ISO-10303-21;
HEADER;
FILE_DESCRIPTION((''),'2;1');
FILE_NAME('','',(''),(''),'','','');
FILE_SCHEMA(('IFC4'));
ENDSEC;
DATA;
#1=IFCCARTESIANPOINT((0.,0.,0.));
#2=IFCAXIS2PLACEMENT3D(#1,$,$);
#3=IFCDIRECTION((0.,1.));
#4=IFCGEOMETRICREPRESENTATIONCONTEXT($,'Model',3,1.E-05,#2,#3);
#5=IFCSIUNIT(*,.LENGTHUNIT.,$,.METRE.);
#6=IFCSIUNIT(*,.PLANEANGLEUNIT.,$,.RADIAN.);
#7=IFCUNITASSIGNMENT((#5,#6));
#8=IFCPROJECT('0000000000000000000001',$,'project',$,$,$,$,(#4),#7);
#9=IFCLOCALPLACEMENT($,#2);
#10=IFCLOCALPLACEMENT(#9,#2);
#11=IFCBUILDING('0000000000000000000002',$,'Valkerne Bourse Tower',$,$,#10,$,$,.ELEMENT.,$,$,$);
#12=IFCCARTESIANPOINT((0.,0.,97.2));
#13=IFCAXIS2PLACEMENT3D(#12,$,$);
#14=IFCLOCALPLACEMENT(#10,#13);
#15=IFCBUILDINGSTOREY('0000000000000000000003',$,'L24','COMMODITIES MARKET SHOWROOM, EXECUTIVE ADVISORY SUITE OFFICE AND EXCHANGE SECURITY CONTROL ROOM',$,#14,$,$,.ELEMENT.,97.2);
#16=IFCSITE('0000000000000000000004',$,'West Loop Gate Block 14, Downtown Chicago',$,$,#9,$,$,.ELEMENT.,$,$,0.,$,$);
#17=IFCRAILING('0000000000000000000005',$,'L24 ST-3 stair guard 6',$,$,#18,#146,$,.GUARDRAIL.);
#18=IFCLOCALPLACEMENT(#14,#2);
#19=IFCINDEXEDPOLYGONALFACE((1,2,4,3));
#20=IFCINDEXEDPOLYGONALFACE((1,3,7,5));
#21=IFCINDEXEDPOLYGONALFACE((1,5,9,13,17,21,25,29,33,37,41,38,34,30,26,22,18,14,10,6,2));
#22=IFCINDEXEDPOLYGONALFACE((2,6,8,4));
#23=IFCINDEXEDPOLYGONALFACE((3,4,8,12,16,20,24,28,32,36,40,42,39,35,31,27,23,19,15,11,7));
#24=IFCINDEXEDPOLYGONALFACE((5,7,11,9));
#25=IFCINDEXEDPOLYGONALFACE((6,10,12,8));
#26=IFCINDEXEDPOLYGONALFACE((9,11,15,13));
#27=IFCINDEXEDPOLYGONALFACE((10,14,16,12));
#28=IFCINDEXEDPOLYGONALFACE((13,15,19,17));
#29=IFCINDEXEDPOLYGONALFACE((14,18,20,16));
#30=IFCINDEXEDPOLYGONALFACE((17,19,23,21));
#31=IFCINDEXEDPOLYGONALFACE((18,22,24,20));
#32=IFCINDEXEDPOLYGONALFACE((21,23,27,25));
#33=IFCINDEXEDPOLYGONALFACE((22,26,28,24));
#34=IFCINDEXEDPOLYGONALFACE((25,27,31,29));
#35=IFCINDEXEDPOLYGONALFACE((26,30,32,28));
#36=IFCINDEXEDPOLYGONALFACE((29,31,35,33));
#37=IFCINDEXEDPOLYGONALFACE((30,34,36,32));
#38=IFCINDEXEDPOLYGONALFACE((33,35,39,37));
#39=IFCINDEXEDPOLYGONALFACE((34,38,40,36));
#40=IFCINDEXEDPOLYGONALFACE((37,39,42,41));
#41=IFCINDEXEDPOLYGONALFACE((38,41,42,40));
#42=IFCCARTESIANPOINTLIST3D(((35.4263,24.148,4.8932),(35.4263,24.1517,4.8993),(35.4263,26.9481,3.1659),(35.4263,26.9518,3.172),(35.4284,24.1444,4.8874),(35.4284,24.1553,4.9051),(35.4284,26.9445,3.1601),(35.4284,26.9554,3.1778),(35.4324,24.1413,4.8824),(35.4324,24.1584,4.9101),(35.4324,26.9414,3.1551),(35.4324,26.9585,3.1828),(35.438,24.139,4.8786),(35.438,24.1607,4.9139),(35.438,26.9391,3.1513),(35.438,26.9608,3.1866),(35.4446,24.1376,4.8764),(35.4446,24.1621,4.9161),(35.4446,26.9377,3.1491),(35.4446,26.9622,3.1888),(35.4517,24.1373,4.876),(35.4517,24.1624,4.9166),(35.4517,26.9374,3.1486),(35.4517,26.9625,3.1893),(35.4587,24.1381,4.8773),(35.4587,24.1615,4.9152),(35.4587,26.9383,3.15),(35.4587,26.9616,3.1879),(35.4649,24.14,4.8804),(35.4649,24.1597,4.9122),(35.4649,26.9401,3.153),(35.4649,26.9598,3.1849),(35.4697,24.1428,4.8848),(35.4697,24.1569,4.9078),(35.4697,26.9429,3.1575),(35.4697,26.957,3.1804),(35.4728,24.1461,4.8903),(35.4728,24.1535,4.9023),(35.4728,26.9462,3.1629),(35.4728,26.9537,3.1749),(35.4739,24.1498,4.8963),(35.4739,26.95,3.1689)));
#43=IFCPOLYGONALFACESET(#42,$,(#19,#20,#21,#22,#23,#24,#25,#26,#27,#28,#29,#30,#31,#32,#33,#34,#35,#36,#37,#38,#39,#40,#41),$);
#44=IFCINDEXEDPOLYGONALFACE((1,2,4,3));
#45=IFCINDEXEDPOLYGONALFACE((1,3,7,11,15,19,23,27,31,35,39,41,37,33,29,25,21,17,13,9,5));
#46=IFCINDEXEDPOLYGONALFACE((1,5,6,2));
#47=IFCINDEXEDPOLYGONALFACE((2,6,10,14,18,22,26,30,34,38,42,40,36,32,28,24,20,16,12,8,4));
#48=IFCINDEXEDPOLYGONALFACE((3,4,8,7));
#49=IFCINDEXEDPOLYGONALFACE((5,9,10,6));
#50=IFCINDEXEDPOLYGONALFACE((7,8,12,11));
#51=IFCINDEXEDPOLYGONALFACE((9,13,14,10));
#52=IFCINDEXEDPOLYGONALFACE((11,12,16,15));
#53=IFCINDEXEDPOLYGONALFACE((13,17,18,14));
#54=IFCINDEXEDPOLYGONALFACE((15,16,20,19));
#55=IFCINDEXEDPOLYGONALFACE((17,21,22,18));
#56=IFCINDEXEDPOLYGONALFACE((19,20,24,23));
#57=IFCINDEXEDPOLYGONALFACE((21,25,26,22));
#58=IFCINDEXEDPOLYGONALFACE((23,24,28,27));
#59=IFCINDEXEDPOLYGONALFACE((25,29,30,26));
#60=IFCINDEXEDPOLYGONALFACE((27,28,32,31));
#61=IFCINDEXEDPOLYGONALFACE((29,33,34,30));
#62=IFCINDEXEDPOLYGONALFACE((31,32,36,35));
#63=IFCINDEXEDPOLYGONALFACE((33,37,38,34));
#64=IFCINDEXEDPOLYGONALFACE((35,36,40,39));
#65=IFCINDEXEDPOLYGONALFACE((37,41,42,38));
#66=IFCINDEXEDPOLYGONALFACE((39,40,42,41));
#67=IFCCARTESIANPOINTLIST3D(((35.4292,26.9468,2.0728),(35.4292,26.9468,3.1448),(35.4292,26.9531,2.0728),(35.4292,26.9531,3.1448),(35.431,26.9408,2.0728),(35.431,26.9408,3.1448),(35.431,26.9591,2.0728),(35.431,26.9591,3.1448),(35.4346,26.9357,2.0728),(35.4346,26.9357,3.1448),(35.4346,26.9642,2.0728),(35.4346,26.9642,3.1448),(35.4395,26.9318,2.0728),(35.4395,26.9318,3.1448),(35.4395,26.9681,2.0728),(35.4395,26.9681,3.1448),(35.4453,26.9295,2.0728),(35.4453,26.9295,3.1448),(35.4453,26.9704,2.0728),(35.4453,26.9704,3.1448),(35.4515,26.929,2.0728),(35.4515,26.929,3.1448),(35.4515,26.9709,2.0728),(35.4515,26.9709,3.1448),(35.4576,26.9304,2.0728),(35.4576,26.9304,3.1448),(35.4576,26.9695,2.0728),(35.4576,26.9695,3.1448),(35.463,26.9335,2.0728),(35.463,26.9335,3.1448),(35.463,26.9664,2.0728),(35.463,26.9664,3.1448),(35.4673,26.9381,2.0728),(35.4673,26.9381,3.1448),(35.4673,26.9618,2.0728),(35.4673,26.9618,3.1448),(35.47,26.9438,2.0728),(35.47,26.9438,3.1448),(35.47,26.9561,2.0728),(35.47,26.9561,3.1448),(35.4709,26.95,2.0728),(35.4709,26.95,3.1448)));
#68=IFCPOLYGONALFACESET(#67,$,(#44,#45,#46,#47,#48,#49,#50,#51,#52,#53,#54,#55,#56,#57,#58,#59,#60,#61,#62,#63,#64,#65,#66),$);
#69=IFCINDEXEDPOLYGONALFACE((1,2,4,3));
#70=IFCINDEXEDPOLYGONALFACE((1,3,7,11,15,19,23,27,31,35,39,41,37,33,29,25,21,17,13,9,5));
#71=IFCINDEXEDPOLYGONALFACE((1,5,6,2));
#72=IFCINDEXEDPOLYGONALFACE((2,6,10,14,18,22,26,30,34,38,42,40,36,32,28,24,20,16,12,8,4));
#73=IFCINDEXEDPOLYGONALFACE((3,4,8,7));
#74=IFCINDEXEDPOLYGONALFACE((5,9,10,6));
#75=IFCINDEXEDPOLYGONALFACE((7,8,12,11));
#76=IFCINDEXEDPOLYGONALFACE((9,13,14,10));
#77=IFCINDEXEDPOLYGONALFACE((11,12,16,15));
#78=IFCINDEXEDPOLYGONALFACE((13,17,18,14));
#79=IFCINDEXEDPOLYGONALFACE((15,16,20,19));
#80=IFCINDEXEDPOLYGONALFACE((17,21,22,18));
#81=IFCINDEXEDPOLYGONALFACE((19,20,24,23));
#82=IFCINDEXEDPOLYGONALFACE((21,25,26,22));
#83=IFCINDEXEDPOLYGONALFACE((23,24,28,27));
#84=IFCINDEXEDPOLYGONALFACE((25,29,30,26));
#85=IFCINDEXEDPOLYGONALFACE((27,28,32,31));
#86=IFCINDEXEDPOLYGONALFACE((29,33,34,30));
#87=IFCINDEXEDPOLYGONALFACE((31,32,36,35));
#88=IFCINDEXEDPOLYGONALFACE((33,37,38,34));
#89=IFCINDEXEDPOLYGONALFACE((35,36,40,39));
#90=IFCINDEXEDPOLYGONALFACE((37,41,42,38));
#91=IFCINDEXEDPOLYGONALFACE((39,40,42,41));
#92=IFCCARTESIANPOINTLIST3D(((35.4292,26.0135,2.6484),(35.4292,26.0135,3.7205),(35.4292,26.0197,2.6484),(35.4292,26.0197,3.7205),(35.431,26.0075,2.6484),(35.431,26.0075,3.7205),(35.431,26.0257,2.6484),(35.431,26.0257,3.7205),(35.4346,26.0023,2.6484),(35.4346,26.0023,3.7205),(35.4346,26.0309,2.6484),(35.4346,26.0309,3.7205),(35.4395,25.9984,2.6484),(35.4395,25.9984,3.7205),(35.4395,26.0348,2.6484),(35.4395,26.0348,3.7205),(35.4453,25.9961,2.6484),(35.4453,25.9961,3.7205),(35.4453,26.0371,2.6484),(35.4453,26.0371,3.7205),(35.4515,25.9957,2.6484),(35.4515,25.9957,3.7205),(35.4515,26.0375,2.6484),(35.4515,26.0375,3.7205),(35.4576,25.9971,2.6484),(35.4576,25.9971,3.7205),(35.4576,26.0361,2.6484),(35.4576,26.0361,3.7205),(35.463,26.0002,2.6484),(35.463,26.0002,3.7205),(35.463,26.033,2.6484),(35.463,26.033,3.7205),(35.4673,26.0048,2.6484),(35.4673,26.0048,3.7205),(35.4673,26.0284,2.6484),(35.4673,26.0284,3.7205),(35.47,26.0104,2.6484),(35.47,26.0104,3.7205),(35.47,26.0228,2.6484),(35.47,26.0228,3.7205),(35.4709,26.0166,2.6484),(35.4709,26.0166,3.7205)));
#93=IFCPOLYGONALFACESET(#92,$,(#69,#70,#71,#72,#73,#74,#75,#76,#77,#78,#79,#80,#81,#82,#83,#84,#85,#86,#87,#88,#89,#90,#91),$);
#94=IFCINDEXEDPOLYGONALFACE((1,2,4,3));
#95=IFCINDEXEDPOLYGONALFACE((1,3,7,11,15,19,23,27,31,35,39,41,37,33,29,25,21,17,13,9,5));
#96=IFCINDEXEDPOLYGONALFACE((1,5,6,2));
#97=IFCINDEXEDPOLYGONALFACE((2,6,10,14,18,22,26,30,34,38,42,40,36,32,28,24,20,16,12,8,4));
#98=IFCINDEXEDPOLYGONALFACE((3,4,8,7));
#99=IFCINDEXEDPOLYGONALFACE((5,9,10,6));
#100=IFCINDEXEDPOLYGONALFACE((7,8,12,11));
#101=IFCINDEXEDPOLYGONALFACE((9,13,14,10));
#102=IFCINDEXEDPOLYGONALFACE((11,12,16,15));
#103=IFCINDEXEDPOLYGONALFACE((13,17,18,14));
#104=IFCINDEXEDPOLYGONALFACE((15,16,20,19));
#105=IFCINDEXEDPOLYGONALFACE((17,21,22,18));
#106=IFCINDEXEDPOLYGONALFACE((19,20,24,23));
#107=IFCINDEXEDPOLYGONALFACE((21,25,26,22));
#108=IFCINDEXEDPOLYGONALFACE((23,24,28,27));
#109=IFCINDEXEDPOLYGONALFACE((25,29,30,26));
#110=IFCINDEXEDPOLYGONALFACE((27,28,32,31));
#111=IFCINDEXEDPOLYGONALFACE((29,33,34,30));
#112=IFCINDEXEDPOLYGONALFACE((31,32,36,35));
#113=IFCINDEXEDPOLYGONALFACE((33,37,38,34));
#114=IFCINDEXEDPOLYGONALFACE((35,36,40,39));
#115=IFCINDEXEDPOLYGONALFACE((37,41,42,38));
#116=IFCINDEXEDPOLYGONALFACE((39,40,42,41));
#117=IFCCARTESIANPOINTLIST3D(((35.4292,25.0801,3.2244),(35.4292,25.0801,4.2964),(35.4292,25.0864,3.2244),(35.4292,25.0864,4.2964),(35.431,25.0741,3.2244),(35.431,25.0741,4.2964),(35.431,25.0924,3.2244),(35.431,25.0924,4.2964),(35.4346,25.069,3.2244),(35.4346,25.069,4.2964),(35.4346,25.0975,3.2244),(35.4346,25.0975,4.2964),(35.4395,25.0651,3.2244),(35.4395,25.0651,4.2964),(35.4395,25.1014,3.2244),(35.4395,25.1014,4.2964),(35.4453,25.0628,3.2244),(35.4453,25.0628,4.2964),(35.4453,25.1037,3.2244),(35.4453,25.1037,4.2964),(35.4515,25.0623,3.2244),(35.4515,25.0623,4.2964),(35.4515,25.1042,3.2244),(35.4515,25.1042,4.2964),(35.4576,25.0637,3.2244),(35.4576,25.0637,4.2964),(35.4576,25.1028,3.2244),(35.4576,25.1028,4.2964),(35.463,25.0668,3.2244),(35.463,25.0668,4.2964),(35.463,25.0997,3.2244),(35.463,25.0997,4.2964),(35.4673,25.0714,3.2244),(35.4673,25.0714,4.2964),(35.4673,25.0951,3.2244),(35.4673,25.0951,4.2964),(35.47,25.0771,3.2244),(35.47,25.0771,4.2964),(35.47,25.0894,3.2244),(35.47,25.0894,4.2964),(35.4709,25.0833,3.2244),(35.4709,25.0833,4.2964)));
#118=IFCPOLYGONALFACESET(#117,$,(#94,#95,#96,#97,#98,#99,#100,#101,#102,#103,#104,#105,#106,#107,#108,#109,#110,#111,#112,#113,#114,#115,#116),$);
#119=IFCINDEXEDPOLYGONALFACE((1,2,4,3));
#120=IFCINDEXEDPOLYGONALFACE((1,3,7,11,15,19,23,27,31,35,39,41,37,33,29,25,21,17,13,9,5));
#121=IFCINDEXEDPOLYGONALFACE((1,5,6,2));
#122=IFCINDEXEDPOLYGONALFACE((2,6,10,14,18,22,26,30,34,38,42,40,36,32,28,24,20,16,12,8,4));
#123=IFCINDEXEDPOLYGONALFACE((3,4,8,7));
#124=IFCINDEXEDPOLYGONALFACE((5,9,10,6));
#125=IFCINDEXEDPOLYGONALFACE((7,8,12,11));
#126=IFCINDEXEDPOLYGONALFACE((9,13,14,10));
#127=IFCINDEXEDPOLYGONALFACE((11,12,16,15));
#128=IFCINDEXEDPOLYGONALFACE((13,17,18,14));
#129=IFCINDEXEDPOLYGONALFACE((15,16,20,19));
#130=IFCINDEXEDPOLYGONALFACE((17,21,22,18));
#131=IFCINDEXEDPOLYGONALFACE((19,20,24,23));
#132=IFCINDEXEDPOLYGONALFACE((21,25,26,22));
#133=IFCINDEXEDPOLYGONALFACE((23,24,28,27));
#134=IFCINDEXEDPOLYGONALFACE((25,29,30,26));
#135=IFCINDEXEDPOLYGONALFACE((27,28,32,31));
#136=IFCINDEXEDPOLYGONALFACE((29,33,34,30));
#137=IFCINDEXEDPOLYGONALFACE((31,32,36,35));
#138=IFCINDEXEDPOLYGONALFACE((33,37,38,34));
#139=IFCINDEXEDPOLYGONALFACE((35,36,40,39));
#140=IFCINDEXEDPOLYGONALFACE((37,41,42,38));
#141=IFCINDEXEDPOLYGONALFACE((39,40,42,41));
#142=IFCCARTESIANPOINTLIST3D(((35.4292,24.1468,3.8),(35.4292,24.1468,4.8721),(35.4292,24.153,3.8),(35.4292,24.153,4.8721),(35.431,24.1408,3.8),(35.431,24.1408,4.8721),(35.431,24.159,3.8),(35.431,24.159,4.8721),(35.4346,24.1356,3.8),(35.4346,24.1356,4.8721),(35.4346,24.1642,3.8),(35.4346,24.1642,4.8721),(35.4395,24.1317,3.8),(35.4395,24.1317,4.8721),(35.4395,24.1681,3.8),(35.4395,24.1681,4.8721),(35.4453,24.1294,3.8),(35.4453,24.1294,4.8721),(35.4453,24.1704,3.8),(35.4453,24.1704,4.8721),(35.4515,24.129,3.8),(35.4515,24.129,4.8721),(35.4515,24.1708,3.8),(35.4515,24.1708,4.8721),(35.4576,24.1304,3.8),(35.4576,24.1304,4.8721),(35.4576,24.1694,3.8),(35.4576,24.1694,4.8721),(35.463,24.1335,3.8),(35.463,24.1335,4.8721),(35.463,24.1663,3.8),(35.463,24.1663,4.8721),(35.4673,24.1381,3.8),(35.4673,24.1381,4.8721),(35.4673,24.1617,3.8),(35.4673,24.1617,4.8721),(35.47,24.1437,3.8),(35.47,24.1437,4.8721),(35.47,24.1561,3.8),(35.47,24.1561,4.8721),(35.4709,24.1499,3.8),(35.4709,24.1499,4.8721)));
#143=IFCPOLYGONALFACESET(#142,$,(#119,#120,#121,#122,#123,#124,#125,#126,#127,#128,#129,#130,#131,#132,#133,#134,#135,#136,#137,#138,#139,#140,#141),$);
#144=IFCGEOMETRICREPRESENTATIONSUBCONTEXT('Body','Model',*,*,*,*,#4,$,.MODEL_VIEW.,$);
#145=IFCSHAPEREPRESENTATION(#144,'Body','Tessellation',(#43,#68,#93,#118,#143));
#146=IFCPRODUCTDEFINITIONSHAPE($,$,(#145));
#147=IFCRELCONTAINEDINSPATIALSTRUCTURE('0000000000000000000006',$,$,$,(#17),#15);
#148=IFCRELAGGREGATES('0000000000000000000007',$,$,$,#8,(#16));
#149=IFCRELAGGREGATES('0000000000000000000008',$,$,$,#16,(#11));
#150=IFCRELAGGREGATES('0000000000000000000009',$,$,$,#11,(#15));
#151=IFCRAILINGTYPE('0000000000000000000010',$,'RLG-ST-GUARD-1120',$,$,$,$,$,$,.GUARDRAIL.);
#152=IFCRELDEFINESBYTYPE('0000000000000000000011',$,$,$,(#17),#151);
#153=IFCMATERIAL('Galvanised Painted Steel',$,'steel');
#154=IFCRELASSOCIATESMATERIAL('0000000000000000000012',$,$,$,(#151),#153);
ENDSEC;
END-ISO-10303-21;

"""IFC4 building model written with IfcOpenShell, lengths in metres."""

from ifc_helpers import new_model, si_unit, direction, frame, origin, origin_2d, place, context, subcontext, project, spatial, circle, extrude, material, type_object, element, save


model = new_model("IFC4")

# Units and contexts
model_context = context("Model", 3, precision=1e-05, world=origin(), true_north=direction((0.0, 1.0)))
body_context = subcontext(model_context, "Body", "Model", "MODEL_VIEW")
ifc_project = project(units=[si_unit("LENGTHUNIT", "METRE"), si_unit("PLANEANGLEUNIT", "RADIAN")], contexts=[model_context])

# Site, building, storey
site_placement = place(None, origin())
site = spatial("IfcSite", under=ifc_project, at=site_placement, Name="West Loop Gate Block 14, Downtown Chicago", CompositionType="ELEMENT", RefElevation=0.0)
building_placement = place(site_placement, origin())
building = spatial("IfcBuilding", under=site, at=building_placement, Name="Valkerne Bourse Tower", CompositionType="ELEMENT")
storey_placement = place(building_placement, frame((0.0, 0.0, 97.2)))
storey = spatial("IfcBuildingStorey", under=building, at=storey_placement, Name="L24", Description="COMMODITIES MARKET SHOWROOM, EXECUTIVE ADVISORY SUITE OFFICE AND EXCHANGE SECURITY CONTROL ROOM", CompositionType="ELEMENT", Elevation=97.2)

# Shared definitions
ifc_material_1 = material(Name="Galvanised Painted Steel", Category="steel")

# Railing
railing_type_1 = type_object("IfcRailingType", Name="RLG-ST-GUARD-1120", PredefinedType="GUARDRAIL", material=ifc_material_1)
railing_1_placement = place(storey_placement, frame((35.45, 26.95, 2.0728)))
element("IfcRailing", 1, at=railing_1_placement, inside=storey, type_object=railing_type_1, Name="L24 ST-3 stair guard 6", PredefinedType="GUARDRAIL", context=body_context, shape_type="SweptSolid", body=[
    extrude(circle(Radius=0.0239, at=origin_2d()), frame((0.0, 0.0, 1.0962), z_axis=(0.0, -0.85109, 0.52502), x_axis=(1.0, 0.0, 0.0)), (0.0, 0.0, 1.0), 3.29),
    extrude(circle(Radius=0.021, at=origin_2d()), origin(), (0.0, 0.0, 1.0), 1.072),
    extrude(circle(Radius=0.021, at=origin_2d()), frame((0.0, -0.9333, 0.5757)), (0.0, 0.0, 1.0), 1.072),
    extrude(circle(Radius=0.021, at=origin_2d()), frame((0.0, -1.8667, 1.1516)), (0.0, 0.0, 1.0), 1.072),
    extrude(circle(Radius=0.021, at=origin_2d()), frame((0.0, -2.8, 1.7273)), (0.0, 0.0, 1.0), 1.072),
])

save(model, "model.ifc")
